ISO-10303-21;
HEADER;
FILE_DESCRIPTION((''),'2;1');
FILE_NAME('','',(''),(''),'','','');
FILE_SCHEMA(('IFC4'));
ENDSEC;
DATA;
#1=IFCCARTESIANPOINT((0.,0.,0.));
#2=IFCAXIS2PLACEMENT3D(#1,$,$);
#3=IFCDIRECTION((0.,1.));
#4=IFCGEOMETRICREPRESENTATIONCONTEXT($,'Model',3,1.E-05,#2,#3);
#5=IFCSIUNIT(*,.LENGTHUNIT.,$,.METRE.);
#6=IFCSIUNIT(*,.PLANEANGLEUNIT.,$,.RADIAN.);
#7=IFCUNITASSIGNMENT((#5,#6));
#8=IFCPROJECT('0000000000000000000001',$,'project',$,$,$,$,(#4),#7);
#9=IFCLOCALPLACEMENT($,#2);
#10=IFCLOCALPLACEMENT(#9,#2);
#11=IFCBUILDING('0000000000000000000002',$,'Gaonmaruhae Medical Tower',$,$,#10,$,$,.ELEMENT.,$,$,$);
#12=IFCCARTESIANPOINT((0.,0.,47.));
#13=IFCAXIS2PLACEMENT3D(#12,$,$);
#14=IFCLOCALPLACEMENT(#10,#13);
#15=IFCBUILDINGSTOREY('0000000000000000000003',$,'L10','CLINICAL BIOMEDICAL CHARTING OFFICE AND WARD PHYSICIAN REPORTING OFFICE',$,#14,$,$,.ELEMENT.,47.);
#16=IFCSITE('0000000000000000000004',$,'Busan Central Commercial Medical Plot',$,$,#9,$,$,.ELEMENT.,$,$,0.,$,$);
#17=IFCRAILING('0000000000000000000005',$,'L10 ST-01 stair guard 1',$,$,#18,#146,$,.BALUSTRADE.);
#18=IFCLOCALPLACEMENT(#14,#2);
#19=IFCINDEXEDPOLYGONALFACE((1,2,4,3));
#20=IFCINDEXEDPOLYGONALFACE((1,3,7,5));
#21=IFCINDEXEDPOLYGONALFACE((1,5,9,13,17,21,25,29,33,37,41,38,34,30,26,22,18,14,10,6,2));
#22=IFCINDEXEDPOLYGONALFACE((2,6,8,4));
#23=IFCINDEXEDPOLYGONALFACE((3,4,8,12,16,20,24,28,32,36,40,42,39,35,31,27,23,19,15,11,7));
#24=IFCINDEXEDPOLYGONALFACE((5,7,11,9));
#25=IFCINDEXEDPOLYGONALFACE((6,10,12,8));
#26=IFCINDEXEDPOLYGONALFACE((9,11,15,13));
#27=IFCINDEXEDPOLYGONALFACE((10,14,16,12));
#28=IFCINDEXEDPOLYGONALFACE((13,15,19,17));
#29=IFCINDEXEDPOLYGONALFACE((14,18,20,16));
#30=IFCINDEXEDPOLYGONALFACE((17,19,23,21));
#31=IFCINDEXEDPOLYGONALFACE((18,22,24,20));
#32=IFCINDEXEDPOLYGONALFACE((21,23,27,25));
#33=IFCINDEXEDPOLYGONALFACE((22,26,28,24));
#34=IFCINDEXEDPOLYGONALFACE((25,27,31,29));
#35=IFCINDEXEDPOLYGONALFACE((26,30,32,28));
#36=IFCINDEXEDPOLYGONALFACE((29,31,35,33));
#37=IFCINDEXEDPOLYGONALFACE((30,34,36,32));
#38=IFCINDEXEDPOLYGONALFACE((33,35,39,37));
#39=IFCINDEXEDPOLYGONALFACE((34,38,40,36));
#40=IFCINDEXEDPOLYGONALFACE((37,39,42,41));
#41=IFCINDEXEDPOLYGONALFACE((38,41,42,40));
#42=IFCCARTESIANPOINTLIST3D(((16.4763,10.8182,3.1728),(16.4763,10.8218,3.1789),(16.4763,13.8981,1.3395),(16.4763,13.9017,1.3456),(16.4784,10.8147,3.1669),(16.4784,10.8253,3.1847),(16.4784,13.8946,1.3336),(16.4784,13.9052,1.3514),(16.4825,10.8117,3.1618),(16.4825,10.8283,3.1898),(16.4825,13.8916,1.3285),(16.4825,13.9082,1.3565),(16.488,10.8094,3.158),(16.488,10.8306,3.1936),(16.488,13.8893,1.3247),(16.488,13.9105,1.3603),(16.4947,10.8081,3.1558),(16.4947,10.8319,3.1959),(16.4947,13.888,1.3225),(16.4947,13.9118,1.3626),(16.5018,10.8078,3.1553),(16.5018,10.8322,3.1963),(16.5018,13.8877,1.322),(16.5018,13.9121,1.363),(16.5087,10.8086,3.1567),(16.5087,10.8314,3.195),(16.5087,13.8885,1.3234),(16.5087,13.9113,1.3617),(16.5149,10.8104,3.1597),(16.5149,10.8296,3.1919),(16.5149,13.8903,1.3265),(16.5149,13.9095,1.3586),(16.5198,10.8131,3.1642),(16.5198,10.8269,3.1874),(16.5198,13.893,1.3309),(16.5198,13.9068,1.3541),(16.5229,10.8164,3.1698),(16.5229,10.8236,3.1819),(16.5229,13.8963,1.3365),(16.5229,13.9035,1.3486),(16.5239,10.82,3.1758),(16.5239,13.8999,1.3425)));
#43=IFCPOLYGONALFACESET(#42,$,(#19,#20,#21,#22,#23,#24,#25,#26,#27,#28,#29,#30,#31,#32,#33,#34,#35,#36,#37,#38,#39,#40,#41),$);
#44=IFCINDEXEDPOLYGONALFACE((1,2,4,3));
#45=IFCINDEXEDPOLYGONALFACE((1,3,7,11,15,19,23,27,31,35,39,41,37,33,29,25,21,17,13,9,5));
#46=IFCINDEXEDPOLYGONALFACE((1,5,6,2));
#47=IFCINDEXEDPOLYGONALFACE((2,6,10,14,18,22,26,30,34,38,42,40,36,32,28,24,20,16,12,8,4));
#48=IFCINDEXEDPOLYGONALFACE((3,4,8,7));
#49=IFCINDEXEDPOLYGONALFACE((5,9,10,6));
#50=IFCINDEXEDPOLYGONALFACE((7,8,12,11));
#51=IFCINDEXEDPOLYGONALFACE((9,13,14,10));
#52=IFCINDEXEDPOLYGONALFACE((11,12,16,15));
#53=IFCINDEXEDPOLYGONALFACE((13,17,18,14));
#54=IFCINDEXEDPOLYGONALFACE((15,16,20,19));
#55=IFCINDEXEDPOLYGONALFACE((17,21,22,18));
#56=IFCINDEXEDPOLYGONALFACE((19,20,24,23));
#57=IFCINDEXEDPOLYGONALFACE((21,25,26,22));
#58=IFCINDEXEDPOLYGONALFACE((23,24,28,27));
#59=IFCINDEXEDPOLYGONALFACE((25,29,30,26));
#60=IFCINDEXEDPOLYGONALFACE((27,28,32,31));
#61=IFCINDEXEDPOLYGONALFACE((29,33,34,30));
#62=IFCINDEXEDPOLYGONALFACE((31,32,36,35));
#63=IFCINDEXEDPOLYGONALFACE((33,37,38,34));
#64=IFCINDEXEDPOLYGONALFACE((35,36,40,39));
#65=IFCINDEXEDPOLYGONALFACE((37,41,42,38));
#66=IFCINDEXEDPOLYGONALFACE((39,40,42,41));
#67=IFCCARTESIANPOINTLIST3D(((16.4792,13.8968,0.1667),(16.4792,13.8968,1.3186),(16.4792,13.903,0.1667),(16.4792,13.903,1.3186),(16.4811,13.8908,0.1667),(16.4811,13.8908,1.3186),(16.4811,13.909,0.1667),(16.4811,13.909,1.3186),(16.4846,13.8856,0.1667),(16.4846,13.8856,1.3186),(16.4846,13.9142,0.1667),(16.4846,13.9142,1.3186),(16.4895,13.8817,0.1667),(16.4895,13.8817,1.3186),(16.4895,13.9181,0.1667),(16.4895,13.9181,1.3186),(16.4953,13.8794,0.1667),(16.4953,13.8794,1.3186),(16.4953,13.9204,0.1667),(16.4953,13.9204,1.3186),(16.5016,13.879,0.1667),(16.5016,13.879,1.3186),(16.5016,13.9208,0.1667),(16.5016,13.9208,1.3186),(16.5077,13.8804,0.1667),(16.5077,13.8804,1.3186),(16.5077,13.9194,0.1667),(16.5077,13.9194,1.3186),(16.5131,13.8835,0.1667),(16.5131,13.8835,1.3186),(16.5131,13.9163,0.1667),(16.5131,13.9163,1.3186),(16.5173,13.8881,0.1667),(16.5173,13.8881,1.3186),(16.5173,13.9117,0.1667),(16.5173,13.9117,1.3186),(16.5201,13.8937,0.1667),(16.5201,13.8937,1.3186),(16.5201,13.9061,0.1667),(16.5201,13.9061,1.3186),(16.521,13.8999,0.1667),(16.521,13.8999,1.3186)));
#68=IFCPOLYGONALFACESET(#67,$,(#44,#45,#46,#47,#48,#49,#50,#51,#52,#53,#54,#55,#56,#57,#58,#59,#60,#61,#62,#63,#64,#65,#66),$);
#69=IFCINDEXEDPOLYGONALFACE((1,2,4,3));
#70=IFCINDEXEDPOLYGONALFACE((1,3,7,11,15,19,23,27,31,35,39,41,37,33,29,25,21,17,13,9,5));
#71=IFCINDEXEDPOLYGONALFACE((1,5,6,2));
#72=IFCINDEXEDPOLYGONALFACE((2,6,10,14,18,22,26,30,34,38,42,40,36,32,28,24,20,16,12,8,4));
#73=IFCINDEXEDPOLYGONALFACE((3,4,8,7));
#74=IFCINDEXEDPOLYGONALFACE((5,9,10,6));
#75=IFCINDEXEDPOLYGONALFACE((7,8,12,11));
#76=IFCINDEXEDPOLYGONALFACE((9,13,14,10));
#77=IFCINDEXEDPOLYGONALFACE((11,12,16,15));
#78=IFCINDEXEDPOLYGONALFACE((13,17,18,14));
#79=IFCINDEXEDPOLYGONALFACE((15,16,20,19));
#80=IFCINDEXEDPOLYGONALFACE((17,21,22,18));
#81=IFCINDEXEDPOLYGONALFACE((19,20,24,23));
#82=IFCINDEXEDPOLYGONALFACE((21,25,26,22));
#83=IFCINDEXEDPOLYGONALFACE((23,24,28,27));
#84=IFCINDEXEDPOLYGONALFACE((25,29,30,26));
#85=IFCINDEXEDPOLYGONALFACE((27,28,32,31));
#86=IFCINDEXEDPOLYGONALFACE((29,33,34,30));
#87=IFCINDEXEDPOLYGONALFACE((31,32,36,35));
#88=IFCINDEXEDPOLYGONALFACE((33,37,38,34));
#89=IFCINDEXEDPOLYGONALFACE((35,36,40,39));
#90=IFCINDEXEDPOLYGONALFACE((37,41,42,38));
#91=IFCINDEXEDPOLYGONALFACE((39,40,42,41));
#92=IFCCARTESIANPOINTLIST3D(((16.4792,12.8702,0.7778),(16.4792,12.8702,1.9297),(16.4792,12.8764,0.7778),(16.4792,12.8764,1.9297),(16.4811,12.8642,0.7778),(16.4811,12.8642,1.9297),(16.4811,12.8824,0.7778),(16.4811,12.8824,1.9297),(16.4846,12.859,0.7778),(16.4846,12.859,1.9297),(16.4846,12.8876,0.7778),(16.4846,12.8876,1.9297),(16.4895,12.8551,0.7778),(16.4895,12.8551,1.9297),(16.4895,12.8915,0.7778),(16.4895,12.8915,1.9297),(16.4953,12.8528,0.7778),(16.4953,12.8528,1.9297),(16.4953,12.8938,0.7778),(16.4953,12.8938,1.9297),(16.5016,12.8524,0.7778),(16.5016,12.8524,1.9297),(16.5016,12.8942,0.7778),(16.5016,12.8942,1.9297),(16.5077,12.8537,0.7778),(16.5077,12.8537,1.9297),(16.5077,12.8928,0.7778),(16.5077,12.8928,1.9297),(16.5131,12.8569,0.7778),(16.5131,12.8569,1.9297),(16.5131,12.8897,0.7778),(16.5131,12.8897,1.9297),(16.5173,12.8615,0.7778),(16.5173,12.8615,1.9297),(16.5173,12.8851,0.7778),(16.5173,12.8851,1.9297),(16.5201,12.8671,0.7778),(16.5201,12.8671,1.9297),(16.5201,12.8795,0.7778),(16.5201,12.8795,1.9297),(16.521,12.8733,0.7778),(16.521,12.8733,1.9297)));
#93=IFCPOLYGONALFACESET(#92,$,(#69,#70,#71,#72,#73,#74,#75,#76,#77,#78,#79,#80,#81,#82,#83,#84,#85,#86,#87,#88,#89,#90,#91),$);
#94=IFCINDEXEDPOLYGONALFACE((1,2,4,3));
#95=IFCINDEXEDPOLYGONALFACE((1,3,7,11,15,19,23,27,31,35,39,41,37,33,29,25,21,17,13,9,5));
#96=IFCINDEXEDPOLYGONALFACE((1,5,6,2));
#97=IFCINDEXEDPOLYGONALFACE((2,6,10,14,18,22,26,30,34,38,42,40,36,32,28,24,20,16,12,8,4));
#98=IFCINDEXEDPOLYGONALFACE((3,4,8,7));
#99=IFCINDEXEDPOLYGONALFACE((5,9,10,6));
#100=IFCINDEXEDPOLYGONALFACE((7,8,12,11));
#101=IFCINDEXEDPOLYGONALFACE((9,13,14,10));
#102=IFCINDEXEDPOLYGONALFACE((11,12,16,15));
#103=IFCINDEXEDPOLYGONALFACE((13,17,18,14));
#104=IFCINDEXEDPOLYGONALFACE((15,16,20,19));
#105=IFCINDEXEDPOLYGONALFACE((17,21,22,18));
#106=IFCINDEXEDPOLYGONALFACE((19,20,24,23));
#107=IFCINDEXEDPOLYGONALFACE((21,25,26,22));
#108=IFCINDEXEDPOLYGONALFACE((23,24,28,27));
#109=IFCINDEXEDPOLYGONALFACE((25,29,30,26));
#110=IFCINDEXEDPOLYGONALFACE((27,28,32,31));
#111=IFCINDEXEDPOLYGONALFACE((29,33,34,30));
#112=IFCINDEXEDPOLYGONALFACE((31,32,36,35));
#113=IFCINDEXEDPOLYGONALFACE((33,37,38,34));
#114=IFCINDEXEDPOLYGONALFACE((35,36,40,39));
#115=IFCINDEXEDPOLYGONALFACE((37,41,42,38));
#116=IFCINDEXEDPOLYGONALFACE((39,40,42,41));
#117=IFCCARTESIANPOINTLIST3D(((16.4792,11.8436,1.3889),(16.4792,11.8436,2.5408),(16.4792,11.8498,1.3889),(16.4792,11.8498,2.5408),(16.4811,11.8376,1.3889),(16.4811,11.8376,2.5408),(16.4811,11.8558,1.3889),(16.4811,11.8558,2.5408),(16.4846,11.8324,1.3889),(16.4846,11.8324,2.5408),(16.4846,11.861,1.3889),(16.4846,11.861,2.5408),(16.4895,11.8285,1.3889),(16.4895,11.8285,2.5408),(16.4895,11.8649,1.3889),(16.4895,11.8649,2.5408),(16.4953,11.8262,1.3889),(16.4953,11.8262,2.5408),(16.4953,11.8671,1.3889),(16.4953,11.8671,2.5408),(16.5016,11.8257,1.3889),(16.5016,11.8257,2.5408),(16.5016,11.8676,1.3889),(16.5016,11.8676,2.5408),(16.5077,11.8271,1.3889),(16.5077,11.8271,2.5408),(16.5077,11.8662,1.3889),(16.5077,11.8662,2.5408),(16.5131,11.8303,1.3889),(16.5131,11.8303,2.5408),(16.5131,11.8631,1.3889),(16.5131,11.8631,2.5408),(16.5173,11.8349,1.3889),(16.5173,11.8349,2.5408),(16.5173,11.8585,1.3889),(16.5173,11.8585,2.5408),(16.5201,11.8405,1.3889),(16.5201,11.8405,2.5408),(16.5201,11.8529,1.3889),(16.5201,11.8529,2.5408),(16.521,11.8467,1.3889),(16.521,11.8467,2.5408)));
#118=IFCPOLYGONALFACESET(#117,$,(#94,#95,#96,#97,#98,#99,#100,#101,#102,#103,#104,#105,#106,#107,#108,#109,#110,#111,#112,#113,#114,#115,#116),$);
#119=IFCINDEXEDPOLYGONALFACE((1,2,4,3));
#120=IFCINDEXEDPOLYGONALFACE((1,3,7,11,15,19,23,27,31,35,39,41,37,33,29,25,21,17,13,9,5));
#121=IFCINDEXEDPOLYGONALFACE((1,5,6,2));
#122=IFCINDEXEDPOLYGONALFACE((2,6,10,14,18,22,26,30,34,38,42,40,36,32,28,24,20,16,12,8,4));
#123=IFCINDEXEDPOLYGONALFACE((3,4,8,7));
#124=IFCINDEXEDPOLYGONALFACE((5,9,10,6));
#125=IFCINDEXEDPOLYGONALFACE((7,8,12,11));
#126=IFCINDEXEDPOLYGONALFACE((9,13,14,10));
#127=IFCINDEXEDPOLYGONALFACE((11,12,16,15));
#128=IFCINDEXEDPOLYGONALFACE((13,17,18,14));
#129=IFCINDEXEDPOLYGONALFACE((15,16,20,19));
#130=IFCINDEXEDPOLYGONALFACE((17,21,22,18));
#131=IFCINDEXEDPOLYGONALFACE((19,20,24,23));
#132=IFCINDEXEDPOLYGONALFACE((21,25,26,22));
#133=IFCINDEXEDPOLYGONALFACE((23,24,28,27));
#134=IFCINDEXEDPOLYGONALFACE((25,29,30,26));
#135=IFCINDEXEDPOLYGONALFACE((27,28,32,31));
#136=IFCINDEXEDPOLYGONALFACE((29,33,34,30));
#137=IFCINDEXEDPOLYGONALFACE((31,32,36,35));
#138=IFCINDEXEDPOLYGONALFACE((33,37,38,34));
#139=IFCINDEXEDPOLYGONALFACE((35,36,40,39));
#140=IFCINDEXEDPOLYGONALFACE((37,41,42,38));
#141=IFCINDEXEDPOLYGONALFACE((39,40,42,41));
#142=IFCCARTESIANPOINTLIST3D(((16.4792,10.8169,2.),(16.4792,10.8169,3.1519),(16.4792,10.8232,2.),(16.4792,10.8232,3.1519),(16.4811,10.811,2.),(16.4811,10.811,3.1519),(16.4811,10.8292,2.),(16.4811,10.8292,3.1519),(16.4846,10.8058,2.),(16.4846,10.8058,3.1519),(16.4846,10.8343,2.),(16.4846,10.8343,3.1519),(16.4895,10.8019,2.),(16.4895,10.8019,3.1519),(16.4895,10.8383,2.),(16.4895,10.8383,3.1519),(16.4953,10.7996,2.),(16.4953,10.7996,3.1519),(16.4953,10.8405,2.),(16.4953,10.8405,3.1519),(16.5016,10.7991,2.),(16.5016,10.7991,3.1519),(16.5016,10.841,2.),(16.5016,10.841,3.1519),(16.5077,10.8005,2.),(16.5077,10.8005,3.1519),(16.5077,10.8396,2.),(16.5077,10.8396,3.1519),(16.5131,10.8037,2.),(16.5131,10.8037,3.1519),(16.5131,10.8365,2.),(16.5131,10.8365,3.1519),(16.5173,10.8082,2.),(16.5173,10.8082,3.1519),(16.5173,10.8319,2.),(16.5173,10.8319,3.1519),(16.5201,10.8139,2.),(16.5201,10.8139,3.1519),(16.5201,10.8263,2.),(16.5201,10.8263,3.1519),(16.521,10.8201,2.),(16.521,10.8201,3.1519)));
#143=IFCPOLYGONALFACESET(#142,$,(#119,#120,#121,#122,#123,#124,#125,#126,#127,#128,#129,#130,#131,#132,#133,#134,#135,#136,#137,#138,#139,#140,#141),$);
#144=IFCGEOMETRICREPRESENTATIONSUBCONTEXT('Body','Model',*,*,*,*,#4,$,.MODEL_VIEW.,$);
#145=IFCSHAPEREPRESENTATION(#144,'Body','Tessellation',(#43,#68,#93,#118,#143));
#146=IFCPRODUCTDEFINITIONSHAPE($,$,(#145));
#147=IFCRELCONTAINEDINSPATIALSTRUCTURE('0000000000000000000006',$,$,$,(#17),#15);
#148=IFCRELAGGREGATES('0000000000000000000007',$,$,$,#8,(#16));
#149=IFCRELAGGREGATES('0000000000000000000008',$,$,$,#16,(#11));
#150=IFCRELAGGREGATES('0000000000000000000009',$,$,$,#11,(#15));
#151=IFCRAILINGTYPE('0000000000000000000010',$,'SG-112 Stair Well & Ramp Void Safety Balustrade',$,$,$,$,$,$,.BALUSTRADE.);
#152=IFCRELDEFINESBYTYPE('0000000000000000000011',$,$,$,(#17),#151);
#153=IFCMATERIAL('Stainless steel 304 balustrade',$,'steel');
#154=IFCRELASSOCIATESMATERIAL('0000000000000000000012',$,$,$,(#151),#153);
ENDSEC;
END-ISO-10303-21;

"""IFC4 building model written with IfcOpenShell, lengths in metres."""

from ifc_helpers import new_model, si_unit, direction, frame, origin, origin_2d, place, context, subcontext, project, spatial, circle, extrude, material, type_object, element, save


model = new_model("IFC4")

# Units and contexts
model_context = context("Model", 3, precision=1e-05, world=origin(), true_north=direction((0.0, 1.0)))
body_context = subcontext(model_context, "Body", "Model", "MODEL_VIEW")
ifc_project = project(units=[si_unit("LENGTHUNIT", "METRE"), si_unit("PLANEANGLEUNIT", "RADIAN")], contexts=[model_context])

# Site, building, storey
site_placement = place(None, origin())
site = spatial("IfcSite", under=ifc_project, at=site_placement, Name="Busan Central Commercial Medical Plot", CompositionType="ELEMENT", RefElevation=0.0)
building_placement = place(site_placement, origin())
building = spatial("IfcBuilding", under=site, at=building_placement, Name="Gaonmaruhae Medical Tower", CompositionType="ELEMENT")
storey_placement = place(building_placement, frame((0.0, 0.0, 47.0)))
storey = spatial("IfcBuildingStorey", under=building, at=storey_placement, Name="L10", Description="CLINICAL BIOMEDICAL CHARTING OFFICE AND WARD PHYSICIAN REPORTING OFFICE", CompositionType="ELEMENT", Elevation=47.0)

# Railing
ifc_material_1 = material(Name="Stainless steel 304 balustrade", Category="steel")
railing_type_1 = type_object("IfcRailingType", Name="SG-112 Stair Well & Ramp Void Safety Balustrade", PredefinedType="BALUSTRADE", material=ifc_material_1)
railing_1_placement = place(storey_placement, frame((16.5, 13.8999, 0.1667)))
element("IfcRailing", 1, at=railing_1_placement, inside=storey, type_object=railing_type_1, Name="L10 ST-01 stair guard 1", PredefinedType="BALUSTRADE", context=body_context, shape_type="SweptSolid", body=[
    extrude(circle(Radius=0.0239, at=origin_2d()), frame((0.0, 0.0, 1.1758), z_axis=(0.0, -0.859291, 0.511487), x_axis=(1.0, 0.0, 0.0)), (0.0, 0.0, 1.0), 3.5842),
    extrude(circle(Radius=0.021, at=origin_2d()), origin(), (0.0, 0.0, 1.0), 1.1519),
    extrude(circle(Radius=0.021, at=origin_2d()), frame((0.0, -1.0266, 0.6111)), (0.0, 0.0, 1.0), 1.1519),
    extrude(circle(Radius=0.021, at=origin_2d()), frame((0.0, -2.0532, 1.2222)), (0.0, 0.0, 1.0), 1.1519),
    extrude(circle(Radius=0.021, at=origin_2d()), frame((0.0, -3.0798, 1.8333)), (0.0, 0.0, 1.0), 1.1519),
])

save(model, "model.ifc")
